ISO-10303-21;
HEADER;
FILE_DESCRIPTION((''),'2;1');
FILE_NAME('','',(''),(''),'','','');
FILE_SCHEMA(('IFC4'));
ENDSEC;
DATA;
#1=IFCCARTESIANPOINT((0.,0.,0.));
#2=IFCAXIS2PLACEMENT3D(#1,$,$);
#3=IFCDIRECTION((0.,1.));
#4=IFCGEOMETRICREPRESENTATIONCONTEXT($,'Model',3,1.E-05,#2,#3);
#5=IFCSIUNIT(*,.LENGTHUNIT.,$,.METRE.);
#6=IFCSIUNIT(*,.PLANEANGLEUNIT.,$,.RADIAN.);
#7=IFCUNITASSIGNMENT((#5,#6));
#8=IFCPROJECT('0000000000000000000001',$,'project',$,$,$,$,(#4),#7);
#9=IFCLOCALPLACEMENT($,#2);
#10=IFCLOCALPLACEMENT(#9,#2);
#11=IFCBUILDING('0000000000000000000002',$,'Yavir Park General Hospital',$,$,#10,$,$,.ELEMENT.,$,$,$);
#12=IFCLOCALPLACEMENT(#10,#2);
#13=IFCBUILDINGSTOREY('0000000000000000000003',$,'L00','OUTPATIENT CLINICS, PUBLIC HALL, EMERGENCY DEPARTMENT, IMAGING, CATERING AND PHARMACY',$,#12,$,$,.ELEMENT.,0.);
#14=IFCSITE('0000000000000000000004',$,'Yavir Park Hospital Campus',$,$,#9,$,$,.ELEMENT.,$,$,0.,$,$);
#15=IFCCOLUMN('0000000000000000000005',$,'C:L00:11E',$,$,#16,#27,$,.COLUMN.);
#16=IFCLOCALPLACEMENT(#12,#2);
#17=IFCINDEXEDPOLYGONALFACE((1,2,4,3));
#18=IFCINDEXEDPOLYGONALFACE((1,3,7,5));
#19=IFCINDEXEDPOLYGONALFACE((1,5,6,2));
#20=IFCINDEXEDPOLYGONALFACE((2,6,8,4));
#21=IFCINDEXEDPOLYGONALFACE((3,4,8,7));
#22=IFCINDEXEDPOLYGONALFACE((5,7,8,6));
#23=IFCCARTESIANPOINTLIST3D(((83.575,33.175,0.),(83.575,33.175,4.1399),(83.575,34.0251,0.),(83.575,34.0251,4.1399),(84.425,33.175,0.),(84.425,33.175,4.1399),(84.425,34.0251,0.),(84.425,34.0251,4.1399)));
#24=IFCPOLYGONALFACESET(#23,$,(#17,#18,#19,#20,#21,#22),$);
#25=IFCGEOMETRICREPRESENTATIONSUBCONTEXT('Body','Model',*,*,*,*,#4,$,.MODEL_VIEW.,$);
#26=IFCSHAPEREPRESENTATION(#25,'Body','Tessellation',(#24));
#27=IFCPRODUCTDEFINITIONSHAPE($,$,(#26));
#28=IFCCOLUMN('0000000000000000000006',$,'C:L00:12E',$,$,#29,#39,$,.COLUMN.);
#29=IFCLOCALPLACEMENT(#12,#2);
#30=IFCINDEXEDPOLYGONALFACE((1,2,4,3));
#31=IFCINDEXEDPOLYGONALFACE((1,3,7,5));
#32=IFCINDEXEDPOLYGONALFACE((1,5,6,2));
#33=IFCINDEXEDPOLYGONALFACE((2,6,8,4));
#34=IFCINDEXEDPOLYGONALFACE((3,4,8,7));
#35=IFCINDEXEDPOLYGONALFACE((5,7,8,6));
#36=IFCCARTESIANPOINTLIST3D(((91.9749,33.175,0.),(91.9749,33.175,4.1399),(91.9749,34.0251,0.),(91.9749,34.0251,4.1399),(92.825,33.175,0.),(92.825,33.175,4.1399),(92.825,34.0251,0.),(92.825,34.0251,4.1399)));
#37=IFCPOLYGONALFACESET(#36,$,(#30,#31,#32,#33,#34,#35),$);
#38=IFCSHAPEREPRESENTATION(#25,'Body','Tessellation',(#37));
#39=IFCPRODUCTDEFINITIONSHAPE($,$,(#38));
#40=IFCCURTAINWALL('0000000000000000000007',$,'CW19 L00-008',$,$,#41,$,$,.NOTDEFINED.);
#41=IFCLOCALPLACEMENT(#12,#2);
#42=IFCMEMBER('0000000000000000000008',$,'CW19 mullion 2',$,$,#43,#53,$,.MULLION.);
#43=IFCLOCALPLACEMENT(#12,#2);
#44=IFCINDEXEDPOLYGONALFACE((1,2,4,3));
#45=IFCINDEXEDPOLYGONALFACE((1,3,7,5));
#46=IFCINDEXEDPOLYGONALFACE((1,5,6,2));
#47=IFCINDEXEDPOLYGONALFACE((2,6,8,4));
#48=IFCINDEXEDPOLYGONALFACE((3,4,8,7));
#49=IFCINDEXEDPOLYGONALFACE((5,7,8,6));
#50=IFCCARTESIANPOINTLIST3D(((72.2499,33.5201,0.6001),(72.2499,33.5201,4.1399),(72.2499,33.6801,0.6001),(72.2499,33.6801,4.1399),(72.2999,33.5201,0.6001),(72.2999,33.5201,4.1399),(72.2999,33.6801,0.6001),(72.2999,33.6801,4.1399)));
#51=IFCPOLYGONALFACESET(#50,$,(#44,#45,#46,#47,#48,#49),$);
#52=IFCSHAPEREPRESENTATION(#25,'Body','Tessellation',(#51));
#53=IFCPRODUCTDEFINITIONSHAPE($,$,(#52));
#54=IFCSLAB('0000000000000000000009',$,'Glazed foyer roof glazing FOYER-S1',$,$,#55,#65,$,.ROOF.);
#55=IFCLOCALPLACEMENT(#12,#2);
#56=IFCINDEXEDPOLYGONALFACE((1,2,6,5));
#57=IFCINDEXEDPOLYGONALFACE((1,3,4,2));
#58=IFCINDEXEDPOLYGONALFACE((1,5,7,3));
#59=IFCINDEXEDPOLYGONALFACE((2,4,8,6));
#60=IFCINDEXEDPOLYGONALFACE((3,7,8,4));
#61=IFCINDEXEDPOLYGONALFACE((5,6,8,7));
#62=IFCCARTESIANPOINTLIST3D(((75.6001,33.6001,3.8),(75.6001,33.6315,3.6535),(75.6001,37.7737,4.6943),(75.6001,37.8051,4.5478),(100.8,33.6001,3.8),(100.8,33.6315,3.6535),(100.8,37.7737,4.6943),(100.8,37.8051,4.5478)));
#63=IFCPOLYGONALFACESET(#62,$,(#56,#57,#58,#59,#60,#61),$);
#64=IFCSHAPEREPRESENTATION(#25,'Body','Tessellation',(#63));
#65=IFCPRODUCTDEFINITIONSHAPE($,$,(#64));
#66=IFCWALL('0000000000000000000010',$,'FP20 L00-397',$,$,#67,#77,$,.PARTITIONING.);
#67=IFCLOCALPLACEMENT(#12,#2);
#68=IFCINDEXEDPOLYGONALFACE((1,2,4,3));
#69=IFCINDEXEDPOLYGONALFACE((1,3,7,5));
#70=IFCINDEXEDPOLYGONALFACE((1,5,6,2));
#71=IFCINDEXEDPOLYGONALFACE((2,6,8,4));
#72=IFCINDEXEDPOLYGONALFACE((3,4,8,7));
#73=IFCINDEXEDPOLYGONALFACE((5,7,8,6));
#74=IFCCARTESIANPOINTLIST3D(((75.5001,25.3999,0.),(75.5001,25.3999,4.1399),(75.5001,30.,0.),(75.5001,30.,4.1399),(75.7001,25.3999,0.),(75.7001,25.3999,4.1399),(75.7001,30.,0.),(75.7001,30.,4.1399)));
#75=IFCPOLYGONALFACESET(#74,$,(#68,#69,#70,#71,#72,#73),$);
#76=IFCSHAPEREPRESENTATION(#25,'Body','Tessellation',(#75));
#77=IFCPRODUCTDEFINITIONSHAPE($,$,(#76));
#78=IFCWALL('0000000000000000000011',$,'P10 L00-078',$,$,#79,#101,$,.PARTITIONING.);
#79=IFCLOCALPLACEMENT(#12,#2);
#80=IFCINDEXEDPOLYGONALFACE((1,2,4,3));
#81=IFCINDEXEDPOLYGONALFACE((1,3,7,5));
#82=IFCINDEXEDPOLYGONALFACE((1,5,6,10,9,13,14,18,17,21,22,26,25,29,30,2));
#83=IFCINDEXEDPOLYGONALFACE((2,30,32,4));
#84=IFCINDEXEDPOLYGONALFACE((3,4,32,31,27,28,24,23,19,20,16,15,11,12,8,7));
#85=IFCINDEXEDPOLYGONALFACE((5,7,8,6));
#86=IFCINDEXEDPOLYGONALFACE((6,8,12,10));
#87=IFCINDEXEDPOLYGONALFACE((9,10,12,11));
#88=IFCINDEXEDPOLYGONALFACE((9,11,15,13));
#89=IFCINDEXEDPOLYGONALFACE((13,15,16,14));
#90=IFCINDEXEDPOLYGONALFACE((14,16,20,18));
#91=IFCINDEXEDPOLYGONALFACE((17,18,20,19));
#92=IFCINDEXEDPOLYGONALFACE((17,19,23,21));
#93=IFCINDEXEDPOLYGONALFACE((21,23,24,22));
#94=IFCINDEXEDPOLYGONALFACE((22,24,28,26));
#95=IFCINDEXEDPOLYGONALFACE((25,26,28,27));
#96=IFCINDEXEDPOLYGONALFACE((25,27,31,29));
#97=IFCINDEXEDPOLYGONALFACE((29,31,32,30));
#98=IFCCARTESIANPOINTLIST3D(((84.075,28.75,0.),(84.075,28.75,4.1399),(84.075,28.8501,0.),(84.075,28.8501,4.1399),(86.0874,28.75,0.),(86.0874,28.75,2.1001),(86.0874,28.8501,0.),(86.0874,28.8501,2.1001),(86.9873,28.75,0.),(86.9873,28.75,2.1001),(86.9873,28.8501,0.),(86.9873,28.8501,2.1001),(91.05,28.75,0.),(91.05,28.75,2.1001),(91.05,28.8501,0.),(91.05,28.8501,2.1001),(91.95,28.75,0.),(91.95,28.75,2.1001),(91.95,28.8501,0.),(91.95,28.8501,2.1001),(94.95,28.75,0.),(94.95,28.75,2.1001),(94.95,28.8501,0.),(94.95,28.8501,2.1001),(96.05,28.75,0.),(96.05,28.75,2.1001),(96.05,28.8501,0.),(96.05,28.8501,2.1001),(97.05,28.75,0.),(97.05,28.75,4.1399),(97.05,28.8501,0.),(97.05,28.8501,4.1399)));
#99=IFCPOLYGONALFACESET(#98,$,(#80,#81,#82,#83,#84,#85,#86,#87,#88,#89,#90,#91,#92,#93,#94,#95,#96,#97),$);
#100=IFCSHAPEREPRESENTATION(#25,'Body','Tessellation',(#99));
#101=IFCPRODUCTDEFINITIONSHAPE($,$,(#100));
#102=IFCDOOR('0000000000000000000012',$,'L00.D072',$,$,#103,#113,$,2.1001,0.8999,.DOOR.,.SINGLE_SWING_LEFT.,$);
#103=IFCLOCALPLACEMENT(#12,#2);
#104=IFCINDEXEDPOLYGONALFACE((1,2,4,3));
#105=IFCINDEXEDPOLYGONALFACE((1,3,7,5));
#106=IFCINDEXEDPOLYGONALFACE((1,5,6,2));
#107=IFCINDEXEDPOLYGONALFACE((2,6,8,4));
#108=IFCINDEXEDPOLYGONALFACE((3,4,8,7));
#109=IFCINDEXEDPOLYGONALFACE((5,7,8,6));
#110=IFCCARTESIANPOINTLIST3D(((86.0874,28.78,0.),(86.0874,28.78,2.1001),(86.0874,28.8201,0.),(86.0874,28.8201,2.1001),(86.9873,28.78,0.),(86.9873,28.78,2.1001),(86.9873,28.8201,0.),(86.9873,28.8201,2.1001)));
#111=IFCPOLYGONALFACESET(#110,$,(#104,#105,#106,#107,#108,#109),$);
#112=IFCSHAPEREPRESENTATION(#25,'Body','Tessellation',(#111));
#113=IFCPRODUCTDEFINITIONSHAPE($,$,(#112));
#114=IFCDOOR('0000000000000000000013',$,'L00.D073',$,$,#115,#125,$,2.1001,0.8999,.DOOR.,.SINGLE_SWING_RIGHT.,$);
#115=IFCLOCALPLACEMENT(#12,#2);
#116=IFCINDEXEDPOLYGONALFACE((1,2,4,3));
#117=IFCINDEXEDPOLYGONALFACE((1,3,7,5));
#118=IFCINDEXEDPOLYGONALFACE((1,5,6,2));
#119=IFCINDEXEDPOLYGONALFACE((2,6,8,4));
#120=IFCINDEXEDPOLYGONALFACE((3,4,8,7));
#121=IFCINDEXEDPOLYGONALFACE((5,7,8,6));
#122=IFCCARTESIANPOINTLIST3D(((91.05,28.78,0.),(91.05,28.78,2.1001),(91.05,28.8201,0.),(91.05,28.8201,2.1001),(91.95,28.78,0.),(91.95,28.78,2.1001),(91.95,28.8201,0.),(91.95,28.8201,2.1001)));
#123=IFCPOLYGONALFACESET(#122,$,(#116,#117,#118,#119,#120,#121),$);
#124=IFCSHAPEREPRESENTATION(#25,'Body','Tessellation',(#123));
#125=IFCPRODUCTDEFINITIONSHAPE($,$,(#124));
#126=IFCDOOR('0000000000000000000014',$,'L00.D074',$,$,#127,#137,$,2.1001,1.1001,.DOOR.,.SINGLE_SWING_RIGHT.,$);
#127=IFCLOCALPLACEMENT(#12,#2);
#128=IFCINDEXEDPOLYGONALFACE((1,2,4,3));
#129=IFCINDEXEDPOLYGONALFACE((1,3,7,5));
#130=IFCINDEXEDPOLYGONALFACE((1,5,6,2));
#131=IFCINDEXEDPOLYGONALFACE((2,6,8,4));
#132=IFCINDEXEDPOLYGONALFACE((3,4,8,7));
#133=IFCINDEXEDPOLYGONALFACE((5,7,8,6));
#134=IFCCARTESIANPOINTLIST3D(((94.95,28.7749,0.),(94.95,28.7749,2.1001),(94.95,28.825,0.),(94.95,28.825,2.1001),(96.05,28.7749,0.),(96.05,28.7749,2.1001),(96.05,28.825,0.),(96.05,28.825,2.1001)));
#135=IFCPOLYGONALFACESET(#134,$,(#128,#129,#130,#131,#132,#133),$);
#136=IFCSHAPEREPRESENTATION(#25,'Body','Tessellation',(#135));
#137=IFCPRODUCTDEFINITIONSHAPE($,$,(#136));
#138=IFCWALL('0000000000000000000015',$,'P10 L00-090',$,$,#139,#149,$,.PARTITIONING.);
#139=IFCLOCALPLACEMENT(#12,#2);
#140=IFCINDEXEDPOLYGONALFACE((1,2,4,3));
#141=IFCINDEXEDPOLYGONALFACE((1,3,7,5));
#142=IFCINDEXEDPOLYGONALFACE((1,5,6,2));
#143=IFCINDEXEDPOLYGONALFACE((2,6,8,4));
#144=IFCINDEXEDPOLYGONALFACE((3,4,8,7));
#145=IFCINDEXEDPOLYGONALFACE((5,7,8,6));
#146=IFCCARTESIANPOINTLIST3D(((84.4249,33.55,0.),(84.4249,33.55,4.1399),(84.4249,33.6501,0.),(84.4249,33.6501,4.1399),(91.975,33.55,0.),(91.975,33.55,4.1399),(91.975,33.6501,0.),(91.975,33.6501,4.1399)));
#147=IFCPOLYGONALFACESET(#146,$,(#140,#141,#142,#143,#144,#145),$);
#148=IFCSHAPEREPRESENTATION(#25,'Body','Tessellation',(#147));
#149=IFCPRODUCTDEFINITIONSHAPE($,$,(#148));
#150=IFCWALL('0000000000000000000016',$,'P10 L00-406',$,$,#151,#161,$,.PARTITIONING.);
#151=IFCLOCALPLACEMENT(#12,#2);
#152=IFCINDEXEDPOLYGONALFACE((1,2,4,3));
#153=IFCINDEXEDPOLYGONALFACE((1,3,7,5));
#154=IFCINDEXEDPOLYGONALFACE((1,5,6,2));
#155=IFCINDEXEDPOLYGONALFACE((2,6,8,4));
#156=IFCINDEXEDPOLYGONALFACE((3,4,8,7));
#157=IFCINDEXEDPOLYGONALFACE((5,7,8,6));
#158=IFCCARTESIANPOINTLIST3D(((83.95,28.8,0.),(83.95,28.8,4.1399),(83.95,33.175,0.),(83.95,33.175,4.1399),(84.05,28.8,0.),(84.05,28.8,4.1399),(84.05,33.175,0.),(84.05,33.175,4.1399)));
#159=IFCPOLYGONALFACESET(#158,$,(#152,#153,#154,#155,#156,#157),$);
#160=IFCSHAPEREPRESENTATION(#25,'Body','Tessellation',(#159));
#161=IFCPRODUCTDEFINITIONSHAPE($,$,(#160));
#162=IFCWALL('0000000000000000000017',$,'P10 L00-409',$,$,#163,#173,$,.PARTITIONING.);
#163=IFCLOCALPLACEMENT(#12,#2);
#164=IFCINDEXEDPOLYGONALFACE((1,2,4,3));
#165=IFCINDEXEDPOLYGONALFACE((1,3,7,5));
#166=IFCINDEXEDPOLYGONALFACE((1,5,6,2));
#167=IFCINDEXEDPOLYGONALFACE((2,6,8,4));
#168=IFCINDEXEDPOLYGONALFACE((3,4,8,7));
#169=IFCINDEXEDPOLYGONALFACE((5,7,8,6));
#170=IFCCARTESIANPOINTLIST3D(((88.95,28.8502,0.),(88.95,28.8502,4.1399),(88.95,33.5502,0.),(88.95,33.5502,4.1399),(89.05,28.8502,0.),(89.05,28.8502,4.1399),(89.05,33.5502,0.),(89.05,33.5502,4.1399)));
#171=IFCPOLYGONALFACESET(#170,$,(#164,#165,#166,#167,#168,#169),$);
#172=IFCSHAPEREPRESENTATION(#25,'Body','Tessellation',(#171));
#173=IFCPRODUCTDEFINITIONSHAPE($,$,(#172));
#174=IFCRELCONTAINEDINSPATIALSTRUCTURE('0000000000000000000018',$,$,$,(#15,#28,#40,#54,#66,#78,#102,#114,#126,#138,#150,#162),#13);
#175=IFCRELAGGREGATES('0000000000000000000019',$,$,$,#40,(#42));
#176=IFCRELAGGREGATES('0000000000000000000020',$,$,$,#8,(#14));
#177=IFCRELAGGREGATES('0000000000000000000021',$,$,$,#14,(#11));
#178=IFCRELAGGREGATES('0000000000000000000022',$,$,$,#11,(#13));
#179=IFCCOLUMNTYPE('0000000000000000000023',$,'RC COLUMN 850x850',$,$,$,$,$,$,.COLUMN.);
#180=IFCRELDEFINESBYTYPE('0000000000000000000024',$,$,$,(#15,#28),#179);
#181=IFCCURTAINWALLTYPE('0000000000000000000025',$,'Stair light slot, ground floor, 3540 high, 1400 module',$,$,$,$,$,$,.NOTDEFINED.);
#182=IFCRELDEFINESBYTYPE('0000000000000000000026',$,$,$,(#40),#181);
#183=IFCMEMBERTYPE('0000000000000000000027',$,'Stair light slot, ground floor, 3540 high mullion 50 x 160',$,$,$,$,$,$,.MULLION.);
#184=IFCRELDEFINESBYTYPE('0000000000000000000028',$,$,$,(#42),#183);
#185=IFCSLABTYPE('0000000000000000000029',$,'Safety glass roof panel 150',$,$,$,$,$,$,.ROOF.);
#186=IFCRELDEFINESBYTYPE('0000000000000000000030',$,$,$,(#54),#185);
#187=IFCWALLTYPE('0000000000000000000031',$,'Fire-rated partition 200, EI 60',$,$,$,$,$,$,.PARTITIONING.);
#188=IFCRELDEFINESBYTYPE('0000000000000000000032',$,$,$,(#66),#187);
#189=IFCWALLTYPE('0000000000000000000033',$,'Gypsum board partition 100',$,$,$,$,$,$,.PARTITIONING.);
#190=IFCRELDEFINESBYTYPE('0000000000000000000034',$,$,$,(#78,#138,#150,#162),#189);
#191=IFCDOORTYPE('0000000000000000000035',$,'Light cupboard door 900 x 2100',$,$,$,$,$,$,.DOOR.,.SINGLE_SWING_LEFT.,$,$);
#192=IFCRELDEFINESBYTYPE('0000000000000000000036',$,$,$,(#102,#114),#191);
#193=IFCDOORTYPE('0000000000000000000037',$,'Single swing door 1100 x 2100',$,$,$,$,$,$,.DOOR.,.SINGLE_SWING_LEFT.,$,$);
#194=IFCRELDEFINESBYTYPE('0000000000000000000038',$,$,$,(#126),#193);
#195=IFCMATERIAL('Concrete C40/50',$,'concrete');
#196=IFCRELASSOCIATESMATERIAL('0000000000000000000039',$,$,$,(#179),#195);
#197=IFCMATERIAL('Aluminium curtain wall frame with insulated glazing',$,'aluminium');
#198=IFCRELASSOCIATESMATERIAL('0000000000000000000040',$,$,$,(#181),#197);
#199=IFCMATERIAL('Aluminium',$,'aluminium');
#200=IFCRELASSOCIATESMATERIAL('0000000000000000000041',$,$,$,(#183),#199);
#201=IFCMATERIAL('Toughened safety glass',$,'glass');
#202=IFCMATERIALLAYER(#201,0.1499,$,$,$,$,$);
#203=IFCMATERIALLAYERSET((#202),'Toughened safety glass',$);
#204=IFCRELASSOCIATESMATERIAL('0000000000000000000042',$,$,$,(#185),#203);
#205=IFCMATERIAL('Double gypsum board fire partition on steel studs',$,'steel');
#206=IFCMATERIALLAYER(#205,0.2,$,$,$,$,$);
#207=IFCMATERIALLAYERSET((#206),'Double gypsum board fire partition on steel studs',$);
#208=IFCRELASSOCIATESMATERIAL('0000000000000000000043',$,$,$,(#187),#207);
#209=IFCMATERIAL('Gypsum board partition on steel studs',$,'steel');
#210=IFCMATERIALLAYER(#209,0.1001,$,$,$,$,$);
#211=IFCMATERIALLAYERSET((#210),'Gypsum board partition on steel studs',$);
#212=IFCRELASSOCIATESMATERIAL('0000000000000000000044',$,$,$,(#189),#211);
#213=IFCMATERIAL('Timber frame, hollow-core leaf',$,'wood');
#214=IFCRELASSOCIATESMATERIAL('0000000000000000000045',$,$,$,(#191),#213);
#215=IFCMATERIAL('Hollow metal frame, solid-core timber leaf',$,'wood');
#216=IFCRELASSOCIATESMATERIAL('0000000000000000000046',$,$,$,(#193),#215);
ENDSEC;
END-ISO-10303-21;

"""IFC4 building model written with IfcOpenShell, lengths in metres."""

from ifc_helpers import new_model, si_unit, direction, frame, frame_2d, origin, origin_2d, place, context, subcontext, project, spatial, polyline, rectangle, outline, extrude, material, layer, layer_set, material_profile, profile_set, type_object, element, fill, aggregate, save


model = new_model("IFC4")

# Units and contexts
model_context = context("Model", 3, precision=1e-05, world=origin(), true_north=direction((0.0, 1.0)))
body_context = subcontext(model_context, "Body", "Model", "MODEL_VIEW")
ifc_project = project(units=[si_unit("LENGTHUNIT", "METRE"), si_unit("PLANEANGLEUNIT", "RADIAN")], contexts=[model_context])

# Site, building, storey
site_placement = place(None, origin())
site = spatial("IfcSite", under=ifc_project, at=site_placement, Name="Yavir Park Hospital Campus", CompositionType="ELEMENT", RefElevation=0.0)
building_placement = place(site_placement, origin())
building = spatial("IfcBuilding", under=site, at=building_placement, Name="Yavir Park General Hospital", CompositionType="ELEMENT")
storey_placement = place(building_placement, origin())
storey = spatial("IfcBuildingStorey", under=building, at=storey_placement, Name="L00", Description="OUTPATIENT CLINICS, PUBLIC HALL, EMERGENCY DEPARTMENT, IMAGING, CATERING AND PHARMACY", CompositionType="ELEMENT", Elevation=0.0)

# Columns
ifc_material_1 = material(Name="Concrete C40/50", Category="concrete")
ifc_material_profile_1 = material_profile(ifc_material_1, rectangle(XDim=0.8501, YDim=0.8501, at=origin_2d()), Name="RC850x850")
ifc_profile_set_1 = profile_set([ifc_material_profile_1], Name="Concrete C40/50")
column_type = type_object("IfcColumnType", Name="RC COLUMN 850x850", PredefinedType="COLUMN", material=ifc_profile_set_1)
for number, where, z_axis, x_axis, name in (
    (1, (84.0, 33.6001, 0.0), (0.0, 0.0, 1.0), (1.0, 0.0, 0.0), "C:L00:11E"),
    (2, (92.3999, 33.6001, 0.0), (0.0, 0.0, 1.0), (1.0, 0.0, 0.0), "C:L00:12E"),
):
    element("IfcColumn", number, at=place(storey_placement, frame(where, z_axis=z_axis, x_axis=x_axis)), inside=storey, type_object=column_type, Name=name, PredefinedType="COLUMN", context=body_context, shape_type="SweptSolid", body=[
        extrude(rectangle(XDim=0.8501, YDim=0.8501, at=origin_2d()), origin(), (0.0, 0.0, 1.0), 4.1399),
    ])

# Curtain wall, member
ifc_material_2 = material(Name="Aluminium curtain wall frame with insulated glazing", Category="aluminium")
curtain_wall_type = type_object("IfcCurtainWallType", Name="Stair light slot, ground floor, 3540 high, 1400 module", PredefinedType="NOTDEFINED", material=ifc_material_2)
curtain_wall_placement = place(storey_placement, origin())
curtain_wall = element("IfcCurtainWall", 3, at=curtain_wall_placement, inside=storey, type_object=curtain_wall_type, Name="CW19 L00-008", PredefinedType="NOTDEFINED")
ifc_material_3 = material(Name="Aluminium", Category="aluminium")
ifc_material_profile_2 = material_profile(ifc_material_3, rectangle(XDim=0.1599, YDim=0.05, at=origin_2d()), Name="AL 50x160")
ifc_profile_set_2 = profile_set([ifc_material_profile_2], Name="Aluminium")
member_type = type_object("IfcMemberType", Name="Stair light slot, ground floor, 3540 high mullion 50 x 160", PredefinedType="MULLION", material=ifc_profile_set_2)
member_placement = place(storey_placement, frame((72.2749, 33.6001, 0.6001), z_axis=(0.0, 0.0, 1.0), x_axis=(0.0, 1.0, 0.0)))
member = element("IfcMember", 4, at=member_placement, type_object=member_type, Name="CW19 mullion 2", PredefinedType="MULLION", context=body_context, shape_type="SweptSolid", body=[
    extrude(rectangle(XDim=0.1599, YDim=0.05, at=origin_2d()), origin(), (0.0, 0.0, 1.0), 3.5398),
])
aggregate(curtain_wall, [member])

# Slab
ifc_material_4 = material(Name="Toughened safety glass", Category="glass")
ifc_layer_1 = layer(ifc_material_4, 0.1499)
ifc_layer_set_1 = layer_set([ifc_layer_1], Name="Toughened safety glass")
slab_type = type_object("IfcSlabType", Name="Safety glass roof panel 150", PredefinedType="ROOF", material=ifc_layer_set_1)
slab_placement = place(storey_placement, frame((75.6001, 33.6001, 3.8), z_axis=(0.0, -0.209517, 0.977805), x_axis=(1.0, 0.0, 0.0)))
element("IfcSlab", 5, at=slab_placement, inside=storey, type_object=slab_type, Name="Glazed foyer roof glazing FOYER-S1", PredefinedType="ROOF", context=body_context, shape_type="SweptSolid", body=[
    extrude(outline(polyline([(0.0, 0.0), (25.2, 0.0), (25.2, 4.2683), (0.0, 4.2683), (0.0, 0.0)])), origin(), (0.0, 0.0, -1.0), 0.1499),
])

# Wall
ifc_material_5 = material(Name="Double gypsum board fire partition on steel studs", Category="steel")
ifc_layer_2 = layer(ifc_material_5, 0.2)
ifc_layer_set_2 = layer_set([ifc_layer_2], Name="Double gypsum board fire partition on steel studs")
wall_type_1 = type_object("IfcWallType", Name="Fire-rated partition 200, EI 60", PredefinedType="PARTITIONING", material=ifc_layer_set_2)
wall_1_placement = place(storey_placement, frame((75.6001, 25.3999, 0.0), z_axis=(0.0, 0.0, 1.0), x_axis=(0.0, 1.0, 0.0)))
element("IfcWall", 6, at=wall_1_placement, inside=storey, type_object=wall_type_1, Name="FP20 L00-397", PredefinedType="PARTITIONING", context=body_context, shape_type="SweptSolid", body=[
    extrude(rectangle(XDim=4.6001, YDim=0.2, at=frame_2d((2.3, 0.0))), origin(), (0.0, 0.0, 1.0), 4.1399),
])

# Wall, openings, doors
ifc_material_6 = material(Name="Gypsum board partition on steel studs", Category="steel")
ifc_layer_3 = layer(ifc_material_6, 0.1001)
ifc_layer_set_3 = layer_set([ifc_layer_3], Name="Gypsum board partition on steel studs")
wall_type_2 = type_object("IfcWallType", Name="Gypsum board partition 100", PredefinedType="PARTITIONING", material=ifc_layer_set_3)
wall_2_placement = place(storey_placement, frame((84.075, 28.8, 0.0), z_axis=(0.0, 0.0, 1.0), x_axis=(1.0, 0.0, 0.0)))
wall_2 = element("IfcWall", 7, at=wall_2_placement, inside=storey, type_object=wall_type_2, Name="P10 L00-078", PredefinedType="PARTITIONING", context=body_context, shape_type="SweptSolid", body=[
    extrude(rectangle(XDim=12.9751, YDim=0.1001, at=frame_2d((6.4875, 0.0))), origin(), (0.0, 0.0, 1.0), 4.1399),
])
opening_1_placement = place(wall_2_placement, frame((2.0125, 0.0, 0.0)))
opening_1 = element("IfcOpeningElement", 8, at=opening_1_placement, cuts=wall_2, PredefinedType="OPENING", context=body_context, shape_type="SweptSolid", body=[
    extrude(rectangle(XDim=0.8999, YDim=2.1001, at=frame_2d((0.45, 1.05))), frame((0.0, 0.0601, 0.0), z_axis=(0.0, -1.0, 0.0), x_axis=(1.0, 0.0, 0.0)), (0.0, 0.0, 1.0), 0.1201),
])
opening_2_placement = place(wall_2_placement, frame((6.9751, 0.0, 0.0)))
opening_2 = element("IfcOpeningElement", 9, at=opening_2_placement, cuts=wall_2, PredefinedType="OPENING", context=body_context, shape_type="SweptSolid", body=[
    extrude(rectangle(XDim=0.8999, YDim=2.1001, at=frame_2d((0.45, 1.05))), frame((0.0, 0.0601, 0.0), z_axis=(0.0, -1.0, 0.0), x_axis=(1.0, 0.0, 0.0)), (0.0, 0.0, 1.0), 0.1201),
])
opening_3_placement = place(wall_2_placement, frame((10.875, 0.0, 0.0)))
opening_3 = element("IfcOpeningElement", 10, at=opening_3_placement, cuts=wall_2, PredefinedType="OPENING", context=body_context, shape_type="SweptSolid", body=[
    extrude(rectangle(XDim=1.1001, YDim=2.1001, at=frame_2d((0.55, 1.05))), frame((0.0, 0.0601, 0.0), z_axis=(0.0, -1.0, 0.0), x_axis=(1.0, 0.0, 0.0)), (0.0, 0.0, 1.0), 0.1201),
])
ifc_material_7 = material(Name="Timber frame, hollow-core leaf", Category="wood")
door_type_1 = type_object("IfcDoorType", Name="Light cupboard door 900 x 2100", OperationType="SINGLE_SWING_LEFT", PredefinedType="DOOR", material=ifc_material_7)
door_1_placement = place(opening_1_placement, origin())
door_1 = element("IfcDoor", 11, at=door_1_placement, inside=storey, type_object=door_type_1, Name="L00.D072", OperationType="SINGLE_SWING_LEFT", OverallHeight=2.1001, OverallWidth=0.8999, PredefinedType="DOOR", context=body_context, shape_type="SweptSolid", body=[
    extrude(rectangle(XDim=0.8999, YDim=2.1001, at=frame_2d((0.45, 1.05))), frame((0.0, 0.02, 0.0), z_axis=(0.0, -1.0, 0.0), x_axis=(1.0, 0.0, 0.0)), (0.0, 0.0, 1.0), 0.04),
])
fill(opening_1, door_1)
door_2_placement = place(opening_2_placement, origin())
door_2 = element("IfcDoor", 12, at=door_2_placement, inside=storey, type_object=door_type_1, Name="L00.D073", OperationType="SINGLE_SWING_RIGHT", OverallHeight=2.1001, OverallWidth=0.8999, PredefinedType="DOOR", context=body_context, shape_type="SweptSolid", body=[
    extrude(rectangle(XDim=0.8999, YDim=2.1001, at=frame_2d((0.45, 1.05))), frame((0.0, 0.02, 0.0), z_axis=(0.0, -1.0, 0.0), x_axis=(1.0, 0.0, 0.0)), (0.0, 0.0, 1.0), 0.04),
])
fill(opening_2, door_2)
ifc_material_8 = material(Name="Hollow metal frame, solid-core timber leaf", Category="wood")
door_type_2 = type_object("IfcDoorType", Name="Single swing door 1100 x 2100", OperationType="SINGLE_SWING_LEFT", PredefinedType="DOOR", material=ifc_material_8)
door_3_placement = place(opening_3_placement, origin())
door_3 = element("IfcDoor", 13, at=door_3_placement, inside=storey, type_object=door_type_2, Name="L00.D074", OperationType="SINGLE_SWING_RIGHT", OverallHeight=2.1001, OverallWidth=1.1001, PredefinedType="DOOR", context=body_context, shape_type="SweptSolid", body=[
    extrude(rectangle(XDim=1.1001, YDim=2.1001, at=frame_2d((0.55, 1.05))), frame((0.0, 0.0249, 0.0), z_axis=(0.0, -1.0, 0.0), x_axis=(1.0, 0.0, 0.0)), (0.0, 0.0, 1.0), 0.05),
])
fill(opening_3, door_3)

# Walls
wall_3_placement = place(storey_placement, frame((84.425, 33.6001, 0.0), z_axis=(0.0, 0.0, 1.0), x_axis=(1.0, 0.0, 0.0)))
element("IfcWall", 14, at=wall_3_placement, inside=storey, type_object=wall_type_2, Name="P10 L00-090", PredefinedType="PARTITIONING", context=body_context, shape_type="SweptSolid", body=[
    extrude(rectangle(XDim=7.55, YDim=0.1001, at=frame_2d((3.7749, 0.0))), origin(), (0.0, 0.0, 1.0), 4.1399),
])
wall_4_placement = place(storey_placement, frame((84.0, 28.8, 0.0), z_axis=(0.0, 0.0, 1.0), x_axis=(0.0, 1.0, 0.0)))
element("IfcWall", 15, at=wall_4_placement, inside=storey, type_object=wall_type_2, Name="P10 L00-406", PredefinedType="PARTITIONING", context=body_context, shape_type="SweptSolid", body=[
    extrude(rectangle(XDim=4.375, YDim=0.1001, at=frame_2d((2.1875, 0.0))), origin(), (0.0, 0.0, 1.0), 4.1399),
])
wall_5_placement = place(storey_placement, frame((89.0, 28.8501, 0.0), z_axis=(0.0, 0.0, 1.0), x_axis=(0.0, 1.0, 0.0)))
element("IfcWall", 16, at=wall_5_placement, inside=storey, type_object=wall_type_2, Name="P10 L00-409", PredefinedType="PARTITIONING", context=body_context, shape_type="SweptSolid", body=[
    extrude(rectangle(XDim=4.7, YDim=0.1001, at=frame_2d((2.3501, 0.0))), origin(), (0.0, 0.0, 1.0), 4.1399),
])

save(model, "model.ifc")
